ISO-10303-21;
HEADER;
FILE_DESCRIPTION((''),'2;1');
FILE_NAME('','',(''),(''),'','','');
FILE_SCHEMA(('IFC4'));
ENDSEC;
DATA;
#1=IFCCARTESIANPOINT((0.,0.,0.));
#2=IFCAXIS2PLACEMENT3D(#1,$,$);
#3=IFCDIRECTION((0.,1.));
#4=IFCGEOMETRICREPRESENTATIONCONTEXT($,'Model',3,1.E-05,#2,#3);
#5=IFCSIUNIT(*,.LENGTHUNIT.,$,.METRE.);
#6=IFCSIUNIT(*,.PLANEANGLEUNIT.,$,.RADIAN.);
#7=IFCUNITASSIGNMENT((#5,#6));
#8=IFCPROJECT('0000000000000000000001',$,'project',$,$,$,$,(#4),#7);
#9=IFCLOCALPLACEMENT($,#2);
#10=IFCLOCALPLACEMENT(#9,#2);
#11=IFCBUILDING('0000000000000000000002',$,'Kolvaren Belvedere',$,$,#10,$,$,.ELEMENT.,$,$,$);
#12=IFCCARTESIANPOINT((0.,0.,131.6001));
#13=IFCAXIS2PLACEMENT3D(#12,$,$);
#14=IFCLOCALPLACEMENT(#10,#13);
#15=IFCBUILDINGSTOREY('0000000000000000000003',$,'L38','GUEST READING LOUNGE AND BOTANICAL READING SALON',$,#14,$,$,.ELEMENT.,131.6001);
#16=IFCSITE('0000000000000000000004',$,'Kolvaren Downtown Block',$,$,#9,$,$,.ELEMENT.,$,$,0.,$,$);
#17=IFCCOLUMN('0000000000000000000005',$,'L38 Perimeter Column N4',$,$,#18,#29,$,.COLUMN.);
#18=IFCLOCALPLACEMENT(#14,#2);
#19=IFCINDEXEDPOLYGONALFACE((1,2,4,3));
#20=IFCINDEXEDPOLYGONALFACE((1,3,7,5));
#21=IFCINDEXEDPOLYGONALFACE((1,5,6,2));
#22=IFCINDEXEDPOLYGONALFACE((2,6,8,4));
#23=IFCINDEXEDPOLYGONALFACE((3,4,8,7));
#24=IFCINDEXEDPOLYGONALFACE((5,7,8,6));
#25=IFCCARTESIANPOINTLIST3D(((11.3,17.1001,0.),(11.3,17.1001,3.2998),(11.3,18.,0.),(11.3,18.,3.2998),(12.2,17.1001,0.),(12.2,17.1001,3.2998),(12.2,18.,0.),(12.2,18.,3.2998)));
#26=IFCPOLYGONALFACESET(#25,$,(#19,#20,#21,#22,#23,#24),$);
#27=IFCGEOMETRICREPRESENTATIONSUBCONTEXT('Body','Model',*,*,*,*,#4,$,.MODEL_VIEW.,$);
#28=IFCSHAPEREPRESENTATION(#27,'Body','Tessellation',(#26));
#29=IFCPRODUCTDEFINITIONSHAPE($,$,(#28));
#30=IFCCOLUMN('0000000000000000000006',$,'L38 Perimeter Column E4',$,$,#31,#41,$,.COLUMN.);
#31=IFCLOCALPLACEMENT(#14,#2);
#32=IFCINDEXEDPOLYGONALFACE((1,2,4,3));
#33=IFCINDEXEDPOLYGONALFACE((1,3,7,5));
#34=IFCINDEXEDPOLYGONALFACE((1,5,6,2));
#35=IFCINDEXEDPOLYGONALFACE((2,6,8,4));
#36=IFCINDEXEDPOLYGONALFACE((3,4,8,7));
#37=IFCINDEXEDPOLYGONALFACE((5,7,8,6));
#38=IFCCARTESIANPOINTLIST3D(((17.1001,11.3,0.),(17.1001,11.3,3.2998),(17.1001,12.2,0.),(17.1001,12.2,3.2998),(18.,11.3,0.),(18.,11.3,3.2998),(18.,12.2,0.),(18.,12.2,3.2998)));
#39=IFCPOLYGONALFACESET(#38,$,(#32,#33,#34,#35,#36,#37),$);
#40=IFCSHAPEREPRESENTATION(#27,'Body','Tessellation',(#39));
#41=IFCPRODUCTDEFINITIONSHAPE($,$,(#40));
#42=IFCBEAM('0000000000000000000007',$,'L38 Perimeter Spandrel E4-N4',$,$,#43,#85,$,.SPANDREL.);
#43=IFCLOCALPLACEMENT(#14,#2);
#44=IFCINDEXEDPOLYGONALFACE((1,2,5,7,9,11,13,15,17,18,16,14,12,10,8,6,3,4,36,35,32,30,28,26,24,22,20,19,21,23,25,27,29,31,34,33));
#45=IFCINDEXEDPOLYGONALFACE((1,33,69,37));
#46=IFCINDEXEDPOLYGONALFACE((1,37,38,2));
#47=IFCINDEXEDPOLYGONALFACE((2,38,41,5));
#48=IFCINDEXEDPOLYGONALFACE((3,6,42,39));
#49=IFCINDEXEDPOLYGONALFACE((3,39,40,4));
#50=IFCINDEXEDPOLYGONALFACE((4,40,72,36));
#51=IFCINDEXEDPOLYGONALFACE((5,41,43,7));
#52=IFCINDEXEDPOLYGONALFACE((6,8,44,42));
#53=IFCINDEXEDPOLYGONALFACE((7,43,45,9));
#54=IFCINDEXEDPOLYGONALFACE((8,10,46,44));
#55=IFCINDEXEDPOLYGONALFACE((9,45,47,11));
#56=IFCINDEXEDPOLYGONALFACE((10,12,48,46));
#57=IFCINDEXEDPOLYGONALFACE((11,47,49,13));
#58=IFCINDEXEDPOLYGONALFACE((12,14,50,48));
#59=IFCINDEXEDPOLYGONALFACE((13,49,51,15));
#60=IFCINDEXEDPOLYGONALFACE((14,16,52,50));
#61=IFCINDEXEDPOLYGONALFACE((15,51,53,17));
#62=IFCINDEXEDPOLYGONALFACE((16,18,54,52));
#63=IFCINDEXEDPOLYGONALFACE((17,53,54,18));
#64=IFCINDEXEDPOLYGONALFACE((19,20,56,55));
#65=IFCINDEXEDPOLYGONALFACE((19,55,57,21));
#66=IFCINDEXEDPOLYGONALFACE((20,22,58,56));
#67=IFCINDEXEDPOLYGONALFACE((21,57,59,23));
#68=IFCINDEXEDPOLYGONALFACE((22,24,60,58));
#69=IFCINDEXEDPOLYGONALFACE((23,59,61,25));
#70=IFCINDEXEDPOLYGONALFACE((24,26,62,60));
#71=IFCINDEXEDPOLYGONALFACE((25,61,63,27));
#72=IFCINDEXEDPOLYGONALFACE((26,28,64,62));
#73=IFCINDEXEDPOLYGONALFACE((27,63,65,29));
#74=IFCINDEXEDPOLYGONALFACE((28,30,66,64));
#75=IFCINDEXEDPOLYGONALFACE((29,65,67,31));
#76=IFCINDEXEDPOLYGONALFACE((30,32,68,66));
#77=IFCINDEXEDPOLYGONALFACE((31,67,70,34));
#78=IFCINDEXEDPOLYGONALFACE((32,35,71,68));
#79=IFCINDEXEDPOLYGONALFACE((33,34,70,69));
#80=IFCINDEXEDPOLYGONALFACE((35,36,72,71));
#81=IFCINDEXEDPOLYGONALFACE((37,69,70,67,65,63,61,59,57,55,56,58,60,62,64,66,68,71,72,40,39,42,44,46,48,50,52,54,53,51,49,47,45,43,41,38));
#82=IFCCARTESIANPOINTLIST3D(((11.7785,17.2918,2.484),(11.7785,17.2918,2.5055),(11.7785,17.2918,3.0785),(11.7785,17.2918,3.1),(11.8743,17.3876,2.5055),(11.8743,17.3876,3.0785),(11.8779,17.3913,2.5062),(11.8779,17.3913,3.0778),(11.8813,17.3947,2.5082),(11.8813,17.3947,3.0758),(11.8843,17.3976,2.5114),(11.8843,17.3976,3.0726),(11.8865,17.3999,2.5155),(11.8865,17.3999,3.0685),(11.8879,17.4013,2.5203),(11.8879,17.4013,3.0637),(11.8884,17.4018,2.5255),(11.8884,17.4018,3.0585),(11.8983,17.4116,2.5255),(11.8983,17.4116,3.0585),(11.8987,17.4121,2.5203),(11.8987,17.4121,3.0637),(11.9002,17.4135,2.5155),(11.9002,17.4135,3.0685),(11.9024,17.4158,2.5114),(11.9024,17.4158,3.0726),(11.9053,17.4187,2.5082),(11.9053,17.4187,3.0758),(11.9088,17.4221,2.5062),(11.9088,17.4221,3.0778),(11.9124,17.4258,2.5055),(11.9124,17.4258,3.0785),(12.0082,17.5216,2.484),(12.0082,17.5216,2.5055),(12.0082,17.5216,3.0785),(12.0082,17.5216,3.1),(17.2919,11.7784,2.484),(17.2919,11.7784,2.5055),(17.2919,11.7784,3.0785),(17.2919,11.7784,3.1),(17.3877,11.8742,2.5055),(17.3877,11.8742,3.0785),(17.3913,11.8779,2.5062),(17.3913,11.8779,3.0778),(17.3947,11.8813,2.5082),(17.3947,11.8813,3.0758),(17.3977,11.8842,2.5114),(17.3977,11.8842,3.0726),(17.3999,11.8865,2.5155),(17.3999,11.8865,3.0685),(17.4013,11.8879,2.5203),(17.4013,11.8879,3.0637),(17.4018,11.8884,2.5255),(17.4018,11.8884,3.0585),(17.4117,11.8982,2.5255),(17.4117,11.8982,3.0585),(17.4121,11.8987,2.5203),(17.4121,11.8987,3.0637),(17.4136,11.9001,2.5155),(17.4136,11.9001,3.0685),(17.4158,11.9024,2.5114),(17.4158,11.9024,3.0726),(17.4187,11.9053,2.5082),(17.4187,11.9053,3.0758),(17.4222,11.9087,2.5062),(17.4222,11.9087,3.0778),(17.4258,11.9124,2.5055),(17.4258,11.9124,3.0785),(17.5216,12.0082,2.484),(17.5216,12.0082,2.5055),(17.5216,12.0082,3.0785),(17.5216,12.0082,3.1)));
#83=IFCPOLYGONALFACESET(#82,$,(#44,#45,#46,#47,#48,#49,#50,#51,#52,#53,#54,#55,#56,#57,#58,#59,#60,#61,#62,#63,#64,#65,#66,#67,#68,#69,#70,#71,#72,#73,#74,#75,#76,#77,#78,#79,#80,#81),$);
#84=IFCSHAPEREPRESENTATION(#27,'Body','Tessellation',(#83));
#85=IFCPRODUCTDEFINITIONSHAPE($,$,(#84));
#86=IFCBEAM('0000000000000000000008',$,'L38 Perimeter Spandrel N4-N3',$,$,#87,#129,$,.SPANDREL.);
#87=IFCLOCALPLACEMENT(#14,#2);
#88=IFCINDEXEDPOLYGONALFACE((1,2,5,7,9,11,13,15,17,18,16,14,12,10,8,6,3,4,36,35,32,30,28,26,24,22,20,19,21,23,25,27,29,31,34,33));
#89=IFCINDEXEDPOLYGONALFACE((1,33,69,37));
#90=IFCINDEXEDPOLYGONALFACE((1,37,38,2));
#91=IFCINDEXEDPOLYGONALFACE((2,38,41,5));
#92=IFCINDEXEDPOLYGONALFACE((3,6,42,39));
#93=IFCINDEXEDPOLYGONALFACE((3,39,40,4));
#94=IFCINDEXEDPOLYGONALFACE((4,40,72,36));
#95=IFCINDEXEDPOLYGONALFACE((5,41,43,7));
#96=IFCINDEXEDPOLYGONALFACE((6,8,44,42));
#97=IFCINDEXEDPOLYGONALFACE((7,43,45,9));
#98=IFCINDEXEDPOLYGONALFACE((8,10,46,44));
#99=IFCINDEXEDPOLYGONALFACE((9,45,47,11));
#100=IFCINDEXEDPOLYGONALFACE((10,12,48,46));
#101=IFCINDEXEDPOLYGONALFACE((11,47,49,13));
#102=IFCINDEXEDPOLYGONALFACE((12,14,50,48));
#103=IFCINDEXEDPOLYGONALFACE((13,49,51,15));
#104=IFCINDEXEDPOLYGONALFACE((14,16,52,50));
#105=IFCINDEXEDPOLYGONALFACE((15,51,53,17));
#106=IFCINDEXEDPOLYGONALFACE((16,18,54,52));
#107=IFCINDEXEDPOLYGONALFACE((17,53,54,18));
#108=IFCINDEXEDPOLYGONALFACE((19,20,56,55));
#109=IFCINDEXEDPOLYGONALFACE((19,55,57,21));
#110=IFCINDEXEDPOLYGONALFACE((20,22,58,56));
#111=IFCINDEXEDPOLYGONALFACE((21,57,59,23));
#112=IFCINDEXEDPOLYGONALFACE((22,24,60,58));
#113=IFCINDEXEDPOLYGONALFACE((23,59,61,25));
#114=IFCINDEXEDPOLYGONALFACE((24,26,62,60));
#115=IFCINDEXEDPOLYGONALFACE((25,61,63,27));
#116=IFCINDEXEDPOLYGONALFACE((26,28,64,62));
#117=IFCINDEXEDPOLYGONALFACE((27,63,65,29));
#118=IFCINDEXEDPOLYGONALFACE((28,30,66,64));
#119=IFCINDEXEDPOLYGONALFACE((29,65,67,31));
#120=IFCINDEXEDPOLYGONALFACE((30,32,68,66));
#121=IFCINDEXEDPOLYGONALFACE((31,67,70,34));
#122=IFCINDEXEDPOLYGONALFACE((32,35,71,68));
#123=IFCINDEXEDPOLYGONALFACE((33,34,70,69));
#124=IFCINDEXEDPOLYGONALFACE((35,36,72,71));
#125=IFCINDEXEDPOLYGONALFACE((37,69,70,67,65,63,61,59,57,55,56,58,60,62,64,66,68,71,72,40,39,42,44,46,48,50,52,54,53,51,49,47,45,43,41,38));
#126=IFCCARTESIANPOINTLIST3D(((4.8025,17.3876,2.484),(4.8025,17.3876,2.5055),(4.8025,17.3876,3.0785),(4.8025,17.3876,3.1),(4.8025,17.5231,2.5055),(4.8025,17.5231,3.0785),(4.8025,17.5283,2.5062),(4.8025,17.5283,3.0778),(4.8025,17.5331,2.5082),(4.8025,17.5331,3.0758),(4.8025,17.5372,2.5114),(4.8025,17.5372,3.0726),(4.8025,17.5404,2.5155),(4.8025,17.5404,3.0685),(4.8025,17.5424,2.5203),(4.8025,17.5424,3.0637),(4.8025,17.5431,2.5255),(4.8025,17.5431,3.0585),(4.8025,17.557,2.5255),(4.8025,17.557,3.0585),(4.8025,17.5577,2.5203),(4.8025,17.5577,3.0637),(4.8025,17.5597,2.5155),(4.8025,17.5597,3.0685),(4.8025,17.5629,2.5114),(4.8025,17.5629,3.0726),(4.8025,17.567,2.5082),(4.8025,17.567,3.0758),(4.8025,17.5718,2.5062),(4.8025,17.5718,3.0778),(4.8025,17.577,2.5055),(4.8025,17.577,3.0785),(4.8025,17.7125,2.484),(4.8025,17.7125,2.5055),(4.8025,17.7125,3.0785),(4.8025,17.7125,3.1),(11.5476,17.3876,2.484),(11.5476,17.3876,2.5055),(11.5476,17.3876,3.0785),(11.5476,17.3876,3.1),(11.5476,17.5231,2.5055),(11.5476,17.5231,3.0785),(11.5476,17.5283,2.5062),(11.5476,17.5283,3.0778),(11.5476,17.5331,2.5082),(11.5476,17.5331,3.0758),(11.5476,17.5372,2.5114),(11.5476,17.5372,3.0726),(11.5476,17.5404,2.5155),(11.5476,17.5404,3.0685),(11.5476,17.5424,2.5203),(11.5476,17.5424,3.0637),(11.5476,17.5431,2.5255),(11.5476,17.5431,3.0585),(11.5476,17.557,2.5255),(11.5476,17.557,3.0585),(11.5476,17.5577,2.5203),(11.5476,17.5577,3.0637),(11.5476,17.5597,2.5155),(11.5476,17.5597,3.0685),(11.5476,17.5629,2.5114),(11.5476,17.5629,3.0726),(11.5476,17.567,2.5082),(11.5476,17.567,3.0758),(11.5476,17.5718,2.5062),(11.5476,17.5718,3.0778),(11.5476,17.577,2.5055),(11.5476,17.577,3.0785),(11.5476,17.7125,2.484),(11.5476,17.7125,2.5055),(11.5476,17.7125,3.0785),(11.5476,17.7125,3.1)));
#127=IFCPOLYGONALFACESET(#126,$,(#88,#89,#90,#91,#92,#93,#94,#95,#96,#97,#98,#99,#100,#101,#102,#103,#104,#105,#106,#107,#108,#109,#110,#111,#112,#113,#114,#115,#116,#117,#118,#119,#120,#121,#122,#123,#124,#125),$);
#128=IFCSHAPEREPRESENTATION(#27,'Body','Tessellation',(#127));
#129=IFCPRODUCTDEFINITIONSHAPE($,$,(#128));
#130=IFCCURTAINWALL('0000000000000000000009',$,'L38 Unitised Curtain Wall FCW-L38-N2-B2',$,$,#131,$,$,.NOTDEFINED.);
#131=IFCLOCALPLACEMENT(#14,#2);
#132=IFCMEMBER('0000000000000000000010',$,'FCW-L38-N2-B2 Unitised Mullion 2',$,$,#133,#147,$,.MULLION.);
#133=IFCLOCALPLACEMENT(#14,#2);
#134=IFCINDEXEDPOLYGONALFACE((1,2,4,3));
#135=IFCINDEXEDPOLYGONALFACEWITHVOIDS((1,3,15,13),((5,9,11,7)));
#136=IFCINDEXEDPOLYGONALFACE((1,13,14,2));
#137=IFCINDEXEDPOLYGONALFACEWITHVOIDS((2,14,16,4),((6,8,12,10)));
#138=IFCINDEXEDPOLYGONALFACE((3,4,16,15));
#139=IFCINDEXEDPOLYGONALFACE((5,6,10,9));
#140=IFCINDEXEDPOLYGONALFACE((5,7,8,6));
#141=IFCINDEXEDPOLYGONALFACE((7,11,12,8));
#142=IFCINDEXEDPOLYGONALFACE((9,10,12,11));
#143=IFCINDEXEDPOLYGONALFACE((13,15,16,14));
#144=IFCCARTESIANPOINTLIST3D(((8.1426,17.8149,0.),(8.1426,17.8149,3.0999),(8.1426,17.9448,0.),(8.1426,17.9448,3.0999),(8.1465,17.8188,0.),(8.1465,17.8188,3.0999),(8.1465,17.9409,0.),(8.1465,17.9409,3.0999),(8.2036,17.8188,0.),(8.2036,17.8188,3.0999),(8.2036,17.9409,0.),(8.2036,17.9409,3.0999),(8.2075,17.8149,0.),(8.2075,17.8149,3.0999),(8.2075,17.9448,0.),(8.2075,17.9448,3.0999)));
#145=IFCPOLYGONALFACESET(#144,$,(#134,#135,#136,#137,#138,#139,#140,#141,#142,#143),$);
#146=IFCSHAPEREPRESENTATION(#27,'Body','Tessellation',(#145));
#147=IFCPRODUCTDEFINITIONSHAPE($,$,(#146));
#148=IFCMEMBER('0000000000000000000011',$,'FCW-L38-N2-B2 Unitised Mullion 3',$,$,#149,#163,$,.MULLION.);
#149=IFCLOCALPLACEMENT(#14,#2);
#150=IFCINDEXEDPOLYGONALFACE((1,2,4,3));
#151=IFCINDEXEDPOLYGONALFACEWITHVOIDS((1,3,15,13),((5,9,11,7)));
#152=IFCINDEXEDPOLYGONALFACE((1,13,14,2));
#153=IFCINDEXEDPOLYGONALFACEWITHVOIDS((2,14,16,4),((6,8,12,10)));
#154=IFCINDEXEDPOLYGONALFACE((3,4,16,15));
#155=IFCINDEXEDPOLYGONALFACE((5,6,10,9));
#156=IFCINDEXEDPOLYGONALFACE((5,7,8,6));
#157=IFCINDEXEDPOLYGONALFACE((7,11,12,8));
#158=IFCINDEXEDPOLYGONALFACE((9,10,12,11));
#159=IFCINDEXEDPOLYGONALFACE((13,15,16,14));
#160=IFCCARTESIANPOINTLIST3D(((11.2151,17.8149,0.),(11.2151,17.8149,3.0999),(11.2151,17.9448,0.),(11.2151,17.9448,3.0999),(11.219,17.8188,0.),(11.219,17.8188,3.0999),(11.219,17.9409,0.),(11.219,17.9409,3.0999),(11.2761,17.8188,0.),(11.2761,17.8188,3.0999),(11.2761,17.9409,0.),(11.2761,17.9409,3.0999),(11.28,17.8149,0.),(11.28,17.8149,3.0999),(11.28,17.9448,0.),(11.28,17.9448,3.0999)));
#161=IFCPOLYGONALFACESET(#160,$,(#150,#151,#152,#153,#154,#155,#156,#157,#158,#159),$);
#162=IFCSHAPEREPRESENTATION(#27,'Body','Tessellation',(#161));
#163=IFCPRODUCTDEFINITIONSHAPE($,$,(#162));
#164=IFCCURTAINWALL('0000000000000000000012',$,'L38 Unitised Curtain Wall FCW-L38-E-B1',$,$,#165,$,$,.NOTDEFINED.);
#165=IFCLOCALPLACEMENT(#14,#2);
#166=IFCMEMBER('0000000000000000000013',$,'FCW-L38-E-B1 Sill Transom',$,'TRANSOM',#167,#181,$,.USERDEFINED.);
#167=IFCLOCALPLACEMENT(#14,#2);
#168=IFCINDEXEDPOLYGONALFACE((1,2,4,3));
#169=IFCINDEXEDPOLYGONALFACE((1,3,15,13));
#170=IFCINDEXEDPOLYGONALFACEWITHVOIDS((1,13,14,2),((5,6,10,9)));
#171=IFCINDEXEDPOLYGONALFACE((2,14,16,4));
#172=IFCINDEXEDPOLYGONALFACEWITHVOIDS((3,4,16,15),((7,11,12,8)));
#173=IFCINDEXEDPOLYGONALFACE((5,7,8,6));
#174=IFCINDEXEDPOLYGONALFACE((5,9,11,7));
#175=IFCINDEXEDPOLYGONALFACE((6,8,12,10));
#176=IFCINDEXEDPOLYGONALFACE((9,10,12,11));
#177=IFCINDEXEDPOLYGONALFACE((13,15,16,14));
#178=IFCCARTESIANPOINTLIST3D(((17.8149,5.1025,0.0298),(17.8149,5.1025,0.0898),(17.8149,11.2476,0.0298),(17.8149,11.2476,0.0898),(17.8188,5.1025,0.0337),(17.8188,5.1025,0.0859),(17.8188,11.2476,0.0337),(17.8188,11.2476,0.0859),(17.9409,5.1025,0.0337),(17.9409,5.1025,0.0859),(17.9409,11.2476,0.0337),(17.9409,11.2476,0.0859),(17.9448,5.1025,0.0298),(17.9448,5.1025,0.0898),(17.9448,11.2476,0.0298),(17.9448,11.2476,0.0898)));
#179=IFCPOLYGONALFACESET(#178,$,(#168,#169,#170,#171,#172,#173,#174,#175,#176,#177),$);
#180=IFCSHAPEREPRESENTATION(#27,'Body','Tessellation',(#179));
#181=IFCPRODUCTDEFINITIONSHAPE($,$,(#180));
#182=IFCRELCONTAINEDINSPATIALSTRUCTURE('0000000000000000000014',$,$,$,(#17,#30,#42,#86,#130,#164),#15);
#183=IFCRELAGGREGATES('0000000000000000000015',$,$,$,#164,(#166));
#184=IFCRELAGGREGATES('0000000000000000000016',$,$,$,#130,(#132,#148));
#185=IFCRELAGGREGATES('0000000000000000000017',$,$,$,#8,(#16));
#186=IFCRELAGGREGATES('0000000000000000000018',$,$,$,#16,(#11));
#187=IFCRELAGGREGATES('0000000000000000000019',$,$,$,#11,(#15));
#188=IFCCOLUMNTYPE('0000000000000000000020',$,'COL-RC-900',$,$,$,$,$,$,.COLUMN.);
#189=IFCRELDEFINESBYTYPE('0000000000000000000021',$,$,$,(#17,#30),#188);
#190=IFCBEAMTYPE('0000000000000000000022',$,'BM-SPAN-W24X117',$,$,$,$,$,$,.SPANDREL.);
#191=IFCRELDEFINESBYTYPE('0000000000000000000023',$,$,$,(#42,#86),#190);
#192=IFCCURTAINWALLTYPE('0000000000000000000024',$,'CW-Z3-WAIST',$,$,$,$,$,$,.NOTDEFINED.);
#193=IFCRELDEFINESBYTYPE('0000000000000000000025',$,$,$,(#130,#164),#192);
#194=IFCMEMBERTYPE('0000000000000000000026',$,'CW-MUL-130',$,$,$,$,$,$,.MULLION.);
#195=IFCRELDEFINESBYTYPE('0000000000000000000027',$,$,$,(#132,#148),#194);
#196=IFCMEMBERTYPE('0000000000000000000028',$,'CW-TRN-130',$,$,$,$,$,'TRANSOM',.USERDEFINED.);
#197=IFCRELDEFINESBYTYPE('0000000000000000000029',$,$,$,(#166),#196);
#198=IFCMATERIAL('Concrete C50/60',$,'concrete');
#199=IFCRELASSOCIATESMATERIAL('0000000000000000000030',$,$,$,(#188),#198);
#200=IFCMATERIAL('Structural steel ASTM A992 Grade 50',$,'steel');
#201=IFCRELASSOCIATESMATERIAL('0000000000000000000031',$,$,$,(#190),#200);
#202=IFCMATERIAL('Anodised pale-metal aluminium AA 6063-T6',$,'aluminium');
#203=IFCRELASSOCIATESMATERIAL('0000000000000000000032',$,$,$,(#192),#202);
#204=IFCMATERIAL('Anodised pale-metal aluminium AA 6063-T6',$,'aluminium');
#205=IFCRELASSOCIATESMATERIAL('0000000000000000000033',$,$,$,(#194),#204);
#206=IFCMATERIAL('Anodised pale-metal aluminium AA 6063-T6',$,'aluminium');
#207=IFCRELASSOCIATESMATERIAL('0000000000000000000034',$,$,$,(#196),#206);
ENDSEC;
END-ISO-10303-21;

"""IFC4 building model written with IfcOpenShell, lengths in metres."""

from ifc_helpers import new_model, si_unit, direction, frame, origin, origin_2d, place, context, subcontext, project, spatial, rectangle, hollow_rectangle, i_section, extrude, material, material_profile, profile_set, type_object, element, aggregate, save


model = new_model("IFC4")

# Units and contexts
model_context = context("Model", 3, precision=1e-05, world=origin(), true_north=direction((0.0, 1.0)))
body_context = subcontext(model_context, "Body", "Model", "MODEL_VIEW")
ifc_project = project(units=[si_unit("LENGTHUNIT", "METRE"), si_unit("PLANEANGLEUNIT", "RADIAN")], contexts=[model_context])

# Site, building, storey
site_placement = place(None, origin())
site = spatial("IfcSite", under=ifc_project, at=site_placement, Name="Kolvaren Downtown Block", CompositionType="ELEMENT", RefElevation=0.0)
building_placement = place(site_placement, origin())
building = spatial("IfcBuilding", under=site, at=building_placement, Name="Kolvaren Belvedere", CompositionType="ELEMENT")
storey_placement = place(building_placement, frame((0.0, 0.0, 131.6001)))
storey = spatial("IfcBuildingStorey", under=building, at=storey_placement, Name="L38", Description="GUEST READING LOUNGE AND BOTANICAL READING SALON", CompositionType="ELEMENT", Elevation=131.6001)

# Columns
ifc_material_1 = material(Name="Concrete C50/60", Category="concrete")
ifc_material_profile_1 = material_profile(ifc_material_1, rectangle(XDim=0.8999, YDim=0.8999, at=origin_2d()), Name="RC 900X900")
ifc_profile_set_1 = profile_set([ifc_material_profile_1], Name="Concrete C50/60")
column_type = type_object("IfcColumnType", Name="COL-RC-900", PredefinedType="COLUMN", material=ifc_profile_set_1)
for number, where, z_axis, x_axis, name in (
    (1, (11.75, 17.55, 0.0), (0.0, 0.0, 1.0), (1.0, 0.0, 0.0), "L38 Perimeter Column N4"),
    (2, (17.55, 11.75, 0.0), (0.0, 0.0, 1.0), (1.0, 0.0, 0.0), "L38 Perimeter Column E4"),
):
    element("IfcColumn", number, at=place(storey_placement, frame(where, z_axis=z_axis, x_axis=x_axis)), inside=storey, type_object=column_type, Name=name, PredefinedType="COLUMN", context=body_context, shape_type="SweptSolid", body=[
        extrude(rectangle(XDim=0.8999, YDim=0.8999, at=origin_2d()), origin(), (0.0, 0.0, 1.0), 3.2998),
    ])

# Beams
ifc_material_2 = material(Name="Structural steel ASTM A992 Grade 50", Category="steel")
ifc_material_profile_2 = material_profile(ifc_material_2, i_section(OverallWidth=0.325, OverallDepth=0.616, WebThickness=0.0139, FlangeThickness=0.0215, FilletRadius=0.02, at=origin_2d()), Name="W24X117")
ifc_profile_set_2 = profile_set([ifc_material_profile_2], Name="Structural steel ASTM A992 Grade 50")
beam_type = type_object("IfcBeamType", Name="BM-SPAN-W24X117", PredefinedType="SPANDREL", material=ifc_profile_set_2)
beam_1_placement = place(storey_placement, frame((17.4067, 11.8933, 2.792), z_axis=(-0.707107, 0.707107, 0.0), x_axis=(-0.707107, -0.707107, 0.0)))
element("IfcBeam", 3, at=beam_1_placement, inside=storey, type_object=beam_type, Name="L38 Perimeter Spandrel E4-N4", PredefinedType="SPANDREL", context=body_context, shape_type="SweptSolid", body=[
    extrude(i_section(OverallWidth=0.325, OverallDepth=0.616, WebThickness=0.0139, FlangeThickness=0.0215, FilletRadius=0.02, at=origin_2d()), origin(), (0.0, 0.0, 1.0), 7.7971),
])
beam_2_placement = place(storey_placement, frame((11.5476, 17.55, 2.792), z_axis=(-1.0, 0.0, 0.0), x_axis=(0.0, -1.0, 0.0)))
element("IfcBeam", 4, at=beam_2_placement, inside=storey, type_object=beam_type, Name="L38 Perimeter Spandrel N4-N3", PredefinedType="SPANDREL", context=body_context, shape_type="SweptSolid", body=[
    extrude(i_section(OverallWidth=0.325, OverallDepth=0.616, WebThickness=0.0139, FlangeThickness=0.0215, FilletRadius=0.02, at=origin_2d()), origin(), (0.0, 0.0, 1.0), 6.7451),
])

# Curtain walls, members
ifc_material_3 = material(Name="Anodised pale-metal aluminium AA 6063-T6", Category="aluminium")
curtain_wall_type = type_object("IfcCurtainWallType", Name="CW-Z3-WAIST", PredefinedType="NOTDEFINED", material=ifc_material_3)
curtain_wall_1_placement = place(storey_placement, origin())
curtain_wall_1 = element("IfcCurtainWall", 5, at=curtain_wall_1_placement, inside=storey, type_object=curtain_wall_type, Name="L38 Unitised Curtain Wall FCW-L38-N2-B2", PredefinedType="NOTDEFINED")
ifc_material_4 = material(Name="Anodised pale-metal aluminium AA 6063-T6", Category="aluminium")
ifc_material_profile_3 = material_profile(ifc_material_4, hollow_rectangle(XDim=0.0649, YDim=0.1299, WallThickness=0.0039, at=origin_2d()), Name="ALU-MUL-130X65")
ifc_profile_set_3 = profile_set([ifc_material_profile_3], Name="Anodised pale-metal aluminium AA 6063-T6")
member_type_1 = type_object("IfcMemberType", Name="CW-MUL-130", PredefinedType="MULLION", material=ifc_profile_set_3)
member_1_placement = place(storey_placement, frame((8.175, 17.8799, 0.0), z_axis=(0.0, 0.0, 1.0), x_axis=(1.0, 0.0, 0.0)))
member_1 = element("IfcMember", 6, at=member_1_placement, type_object=member_type_1, Name="FCW-L38-N2-B2 Unitised Mullion 2", PredefinedType="MULLION", context=body_context, shape_type="SweptSolid", body=[
    extrude(hollow_rectangle(XDim=0.0649, YDim=0.1299, WallThickness=0.0039, at=origin_2d()), origin(), (0.0, 0.0, 1.0), 3.0999),
])
member_2_placement = place(storey_placement, frame((11.2476, 17.8799, 0.0), z_axis=(0.0, 0.0, 1.0), x_axis=(1.0, 0.0, 0.0)))
member_2 = element("IfcMember", 7, at=member_2_placement, type_object=member_type_1, Name="FCW-L38-N2-B2 Unitised Mullion 3", PredefinedType="MULLION", context=body_context, shape_type="SweptSolid", body=[
    extrude(hollow_rectangle(XDim=0.0649, YDim=0.1299, WallThickness=0.0039, at=origin_2d()), origin(), (0.0, 0.0, 1.0), 3.0999),
])
curtain_wall_2_placement = place(storey_placement, origin())
curtain_wall_2 = element("IfcCurtainWall", 8, at=curtain_wall_2_placement, inside=storey, type_object=curtain_wall_type, Name="L38 Unitised Curtain Wall FCW-L38-E-B1", PredefinedType="NOTDEFINED")
ifc_material_5 = material(Name="Anodised pale-metal aluminium AA 6063-T6", Category="aluminium")
ifc_material_profile_4 = material_profile(ifc_material_5, hollow_rectangle(XDim=0.0601, YDim=0.1299, WallThickness=0.0039, at=origin_2d()), Name="ALU-TRN-130X60")
ifc_profile_set_4 = profile_set([ifc_material_profile_4], Name="Anodised pale-metal aluminium AA 6063-T6")
member_type_2 = type_object("IfcMemberType", Name="CW-TRN-130", ElementType="TRANSOM", PredefinedType="USERDEFINED", material=ifc_profile_set_4)
member_3_placement = place(storey_placement, frame((17.8799, 11.2476, 0.0598), z_axis=(0.0, -1.0, 0.0), x_axis=(0.0, 0.0, 1.0)))
member_3 = element("IfcMember", 9, at=member_3_placement, type_object=member_type_2, Name="FCW-L38-E-B1 Sill Transom", ObjectType="TRANSOM", PredefinedType="USERDEFINED", context=body_context, shape_type="SweptSolid", body=[
    extrude(hollow_rectangle(XDim=0.0601, YDim=0.1299, WallThickness=0.0039, at=origin_2d()), origin(), (0.0, 0.0, 1.0), 6.145),
])
aggregate(curtain_wall_2, [member_3])

aggregate(curtain_wall_1, [member_1, member_2])

save(model, "model.ifc")
